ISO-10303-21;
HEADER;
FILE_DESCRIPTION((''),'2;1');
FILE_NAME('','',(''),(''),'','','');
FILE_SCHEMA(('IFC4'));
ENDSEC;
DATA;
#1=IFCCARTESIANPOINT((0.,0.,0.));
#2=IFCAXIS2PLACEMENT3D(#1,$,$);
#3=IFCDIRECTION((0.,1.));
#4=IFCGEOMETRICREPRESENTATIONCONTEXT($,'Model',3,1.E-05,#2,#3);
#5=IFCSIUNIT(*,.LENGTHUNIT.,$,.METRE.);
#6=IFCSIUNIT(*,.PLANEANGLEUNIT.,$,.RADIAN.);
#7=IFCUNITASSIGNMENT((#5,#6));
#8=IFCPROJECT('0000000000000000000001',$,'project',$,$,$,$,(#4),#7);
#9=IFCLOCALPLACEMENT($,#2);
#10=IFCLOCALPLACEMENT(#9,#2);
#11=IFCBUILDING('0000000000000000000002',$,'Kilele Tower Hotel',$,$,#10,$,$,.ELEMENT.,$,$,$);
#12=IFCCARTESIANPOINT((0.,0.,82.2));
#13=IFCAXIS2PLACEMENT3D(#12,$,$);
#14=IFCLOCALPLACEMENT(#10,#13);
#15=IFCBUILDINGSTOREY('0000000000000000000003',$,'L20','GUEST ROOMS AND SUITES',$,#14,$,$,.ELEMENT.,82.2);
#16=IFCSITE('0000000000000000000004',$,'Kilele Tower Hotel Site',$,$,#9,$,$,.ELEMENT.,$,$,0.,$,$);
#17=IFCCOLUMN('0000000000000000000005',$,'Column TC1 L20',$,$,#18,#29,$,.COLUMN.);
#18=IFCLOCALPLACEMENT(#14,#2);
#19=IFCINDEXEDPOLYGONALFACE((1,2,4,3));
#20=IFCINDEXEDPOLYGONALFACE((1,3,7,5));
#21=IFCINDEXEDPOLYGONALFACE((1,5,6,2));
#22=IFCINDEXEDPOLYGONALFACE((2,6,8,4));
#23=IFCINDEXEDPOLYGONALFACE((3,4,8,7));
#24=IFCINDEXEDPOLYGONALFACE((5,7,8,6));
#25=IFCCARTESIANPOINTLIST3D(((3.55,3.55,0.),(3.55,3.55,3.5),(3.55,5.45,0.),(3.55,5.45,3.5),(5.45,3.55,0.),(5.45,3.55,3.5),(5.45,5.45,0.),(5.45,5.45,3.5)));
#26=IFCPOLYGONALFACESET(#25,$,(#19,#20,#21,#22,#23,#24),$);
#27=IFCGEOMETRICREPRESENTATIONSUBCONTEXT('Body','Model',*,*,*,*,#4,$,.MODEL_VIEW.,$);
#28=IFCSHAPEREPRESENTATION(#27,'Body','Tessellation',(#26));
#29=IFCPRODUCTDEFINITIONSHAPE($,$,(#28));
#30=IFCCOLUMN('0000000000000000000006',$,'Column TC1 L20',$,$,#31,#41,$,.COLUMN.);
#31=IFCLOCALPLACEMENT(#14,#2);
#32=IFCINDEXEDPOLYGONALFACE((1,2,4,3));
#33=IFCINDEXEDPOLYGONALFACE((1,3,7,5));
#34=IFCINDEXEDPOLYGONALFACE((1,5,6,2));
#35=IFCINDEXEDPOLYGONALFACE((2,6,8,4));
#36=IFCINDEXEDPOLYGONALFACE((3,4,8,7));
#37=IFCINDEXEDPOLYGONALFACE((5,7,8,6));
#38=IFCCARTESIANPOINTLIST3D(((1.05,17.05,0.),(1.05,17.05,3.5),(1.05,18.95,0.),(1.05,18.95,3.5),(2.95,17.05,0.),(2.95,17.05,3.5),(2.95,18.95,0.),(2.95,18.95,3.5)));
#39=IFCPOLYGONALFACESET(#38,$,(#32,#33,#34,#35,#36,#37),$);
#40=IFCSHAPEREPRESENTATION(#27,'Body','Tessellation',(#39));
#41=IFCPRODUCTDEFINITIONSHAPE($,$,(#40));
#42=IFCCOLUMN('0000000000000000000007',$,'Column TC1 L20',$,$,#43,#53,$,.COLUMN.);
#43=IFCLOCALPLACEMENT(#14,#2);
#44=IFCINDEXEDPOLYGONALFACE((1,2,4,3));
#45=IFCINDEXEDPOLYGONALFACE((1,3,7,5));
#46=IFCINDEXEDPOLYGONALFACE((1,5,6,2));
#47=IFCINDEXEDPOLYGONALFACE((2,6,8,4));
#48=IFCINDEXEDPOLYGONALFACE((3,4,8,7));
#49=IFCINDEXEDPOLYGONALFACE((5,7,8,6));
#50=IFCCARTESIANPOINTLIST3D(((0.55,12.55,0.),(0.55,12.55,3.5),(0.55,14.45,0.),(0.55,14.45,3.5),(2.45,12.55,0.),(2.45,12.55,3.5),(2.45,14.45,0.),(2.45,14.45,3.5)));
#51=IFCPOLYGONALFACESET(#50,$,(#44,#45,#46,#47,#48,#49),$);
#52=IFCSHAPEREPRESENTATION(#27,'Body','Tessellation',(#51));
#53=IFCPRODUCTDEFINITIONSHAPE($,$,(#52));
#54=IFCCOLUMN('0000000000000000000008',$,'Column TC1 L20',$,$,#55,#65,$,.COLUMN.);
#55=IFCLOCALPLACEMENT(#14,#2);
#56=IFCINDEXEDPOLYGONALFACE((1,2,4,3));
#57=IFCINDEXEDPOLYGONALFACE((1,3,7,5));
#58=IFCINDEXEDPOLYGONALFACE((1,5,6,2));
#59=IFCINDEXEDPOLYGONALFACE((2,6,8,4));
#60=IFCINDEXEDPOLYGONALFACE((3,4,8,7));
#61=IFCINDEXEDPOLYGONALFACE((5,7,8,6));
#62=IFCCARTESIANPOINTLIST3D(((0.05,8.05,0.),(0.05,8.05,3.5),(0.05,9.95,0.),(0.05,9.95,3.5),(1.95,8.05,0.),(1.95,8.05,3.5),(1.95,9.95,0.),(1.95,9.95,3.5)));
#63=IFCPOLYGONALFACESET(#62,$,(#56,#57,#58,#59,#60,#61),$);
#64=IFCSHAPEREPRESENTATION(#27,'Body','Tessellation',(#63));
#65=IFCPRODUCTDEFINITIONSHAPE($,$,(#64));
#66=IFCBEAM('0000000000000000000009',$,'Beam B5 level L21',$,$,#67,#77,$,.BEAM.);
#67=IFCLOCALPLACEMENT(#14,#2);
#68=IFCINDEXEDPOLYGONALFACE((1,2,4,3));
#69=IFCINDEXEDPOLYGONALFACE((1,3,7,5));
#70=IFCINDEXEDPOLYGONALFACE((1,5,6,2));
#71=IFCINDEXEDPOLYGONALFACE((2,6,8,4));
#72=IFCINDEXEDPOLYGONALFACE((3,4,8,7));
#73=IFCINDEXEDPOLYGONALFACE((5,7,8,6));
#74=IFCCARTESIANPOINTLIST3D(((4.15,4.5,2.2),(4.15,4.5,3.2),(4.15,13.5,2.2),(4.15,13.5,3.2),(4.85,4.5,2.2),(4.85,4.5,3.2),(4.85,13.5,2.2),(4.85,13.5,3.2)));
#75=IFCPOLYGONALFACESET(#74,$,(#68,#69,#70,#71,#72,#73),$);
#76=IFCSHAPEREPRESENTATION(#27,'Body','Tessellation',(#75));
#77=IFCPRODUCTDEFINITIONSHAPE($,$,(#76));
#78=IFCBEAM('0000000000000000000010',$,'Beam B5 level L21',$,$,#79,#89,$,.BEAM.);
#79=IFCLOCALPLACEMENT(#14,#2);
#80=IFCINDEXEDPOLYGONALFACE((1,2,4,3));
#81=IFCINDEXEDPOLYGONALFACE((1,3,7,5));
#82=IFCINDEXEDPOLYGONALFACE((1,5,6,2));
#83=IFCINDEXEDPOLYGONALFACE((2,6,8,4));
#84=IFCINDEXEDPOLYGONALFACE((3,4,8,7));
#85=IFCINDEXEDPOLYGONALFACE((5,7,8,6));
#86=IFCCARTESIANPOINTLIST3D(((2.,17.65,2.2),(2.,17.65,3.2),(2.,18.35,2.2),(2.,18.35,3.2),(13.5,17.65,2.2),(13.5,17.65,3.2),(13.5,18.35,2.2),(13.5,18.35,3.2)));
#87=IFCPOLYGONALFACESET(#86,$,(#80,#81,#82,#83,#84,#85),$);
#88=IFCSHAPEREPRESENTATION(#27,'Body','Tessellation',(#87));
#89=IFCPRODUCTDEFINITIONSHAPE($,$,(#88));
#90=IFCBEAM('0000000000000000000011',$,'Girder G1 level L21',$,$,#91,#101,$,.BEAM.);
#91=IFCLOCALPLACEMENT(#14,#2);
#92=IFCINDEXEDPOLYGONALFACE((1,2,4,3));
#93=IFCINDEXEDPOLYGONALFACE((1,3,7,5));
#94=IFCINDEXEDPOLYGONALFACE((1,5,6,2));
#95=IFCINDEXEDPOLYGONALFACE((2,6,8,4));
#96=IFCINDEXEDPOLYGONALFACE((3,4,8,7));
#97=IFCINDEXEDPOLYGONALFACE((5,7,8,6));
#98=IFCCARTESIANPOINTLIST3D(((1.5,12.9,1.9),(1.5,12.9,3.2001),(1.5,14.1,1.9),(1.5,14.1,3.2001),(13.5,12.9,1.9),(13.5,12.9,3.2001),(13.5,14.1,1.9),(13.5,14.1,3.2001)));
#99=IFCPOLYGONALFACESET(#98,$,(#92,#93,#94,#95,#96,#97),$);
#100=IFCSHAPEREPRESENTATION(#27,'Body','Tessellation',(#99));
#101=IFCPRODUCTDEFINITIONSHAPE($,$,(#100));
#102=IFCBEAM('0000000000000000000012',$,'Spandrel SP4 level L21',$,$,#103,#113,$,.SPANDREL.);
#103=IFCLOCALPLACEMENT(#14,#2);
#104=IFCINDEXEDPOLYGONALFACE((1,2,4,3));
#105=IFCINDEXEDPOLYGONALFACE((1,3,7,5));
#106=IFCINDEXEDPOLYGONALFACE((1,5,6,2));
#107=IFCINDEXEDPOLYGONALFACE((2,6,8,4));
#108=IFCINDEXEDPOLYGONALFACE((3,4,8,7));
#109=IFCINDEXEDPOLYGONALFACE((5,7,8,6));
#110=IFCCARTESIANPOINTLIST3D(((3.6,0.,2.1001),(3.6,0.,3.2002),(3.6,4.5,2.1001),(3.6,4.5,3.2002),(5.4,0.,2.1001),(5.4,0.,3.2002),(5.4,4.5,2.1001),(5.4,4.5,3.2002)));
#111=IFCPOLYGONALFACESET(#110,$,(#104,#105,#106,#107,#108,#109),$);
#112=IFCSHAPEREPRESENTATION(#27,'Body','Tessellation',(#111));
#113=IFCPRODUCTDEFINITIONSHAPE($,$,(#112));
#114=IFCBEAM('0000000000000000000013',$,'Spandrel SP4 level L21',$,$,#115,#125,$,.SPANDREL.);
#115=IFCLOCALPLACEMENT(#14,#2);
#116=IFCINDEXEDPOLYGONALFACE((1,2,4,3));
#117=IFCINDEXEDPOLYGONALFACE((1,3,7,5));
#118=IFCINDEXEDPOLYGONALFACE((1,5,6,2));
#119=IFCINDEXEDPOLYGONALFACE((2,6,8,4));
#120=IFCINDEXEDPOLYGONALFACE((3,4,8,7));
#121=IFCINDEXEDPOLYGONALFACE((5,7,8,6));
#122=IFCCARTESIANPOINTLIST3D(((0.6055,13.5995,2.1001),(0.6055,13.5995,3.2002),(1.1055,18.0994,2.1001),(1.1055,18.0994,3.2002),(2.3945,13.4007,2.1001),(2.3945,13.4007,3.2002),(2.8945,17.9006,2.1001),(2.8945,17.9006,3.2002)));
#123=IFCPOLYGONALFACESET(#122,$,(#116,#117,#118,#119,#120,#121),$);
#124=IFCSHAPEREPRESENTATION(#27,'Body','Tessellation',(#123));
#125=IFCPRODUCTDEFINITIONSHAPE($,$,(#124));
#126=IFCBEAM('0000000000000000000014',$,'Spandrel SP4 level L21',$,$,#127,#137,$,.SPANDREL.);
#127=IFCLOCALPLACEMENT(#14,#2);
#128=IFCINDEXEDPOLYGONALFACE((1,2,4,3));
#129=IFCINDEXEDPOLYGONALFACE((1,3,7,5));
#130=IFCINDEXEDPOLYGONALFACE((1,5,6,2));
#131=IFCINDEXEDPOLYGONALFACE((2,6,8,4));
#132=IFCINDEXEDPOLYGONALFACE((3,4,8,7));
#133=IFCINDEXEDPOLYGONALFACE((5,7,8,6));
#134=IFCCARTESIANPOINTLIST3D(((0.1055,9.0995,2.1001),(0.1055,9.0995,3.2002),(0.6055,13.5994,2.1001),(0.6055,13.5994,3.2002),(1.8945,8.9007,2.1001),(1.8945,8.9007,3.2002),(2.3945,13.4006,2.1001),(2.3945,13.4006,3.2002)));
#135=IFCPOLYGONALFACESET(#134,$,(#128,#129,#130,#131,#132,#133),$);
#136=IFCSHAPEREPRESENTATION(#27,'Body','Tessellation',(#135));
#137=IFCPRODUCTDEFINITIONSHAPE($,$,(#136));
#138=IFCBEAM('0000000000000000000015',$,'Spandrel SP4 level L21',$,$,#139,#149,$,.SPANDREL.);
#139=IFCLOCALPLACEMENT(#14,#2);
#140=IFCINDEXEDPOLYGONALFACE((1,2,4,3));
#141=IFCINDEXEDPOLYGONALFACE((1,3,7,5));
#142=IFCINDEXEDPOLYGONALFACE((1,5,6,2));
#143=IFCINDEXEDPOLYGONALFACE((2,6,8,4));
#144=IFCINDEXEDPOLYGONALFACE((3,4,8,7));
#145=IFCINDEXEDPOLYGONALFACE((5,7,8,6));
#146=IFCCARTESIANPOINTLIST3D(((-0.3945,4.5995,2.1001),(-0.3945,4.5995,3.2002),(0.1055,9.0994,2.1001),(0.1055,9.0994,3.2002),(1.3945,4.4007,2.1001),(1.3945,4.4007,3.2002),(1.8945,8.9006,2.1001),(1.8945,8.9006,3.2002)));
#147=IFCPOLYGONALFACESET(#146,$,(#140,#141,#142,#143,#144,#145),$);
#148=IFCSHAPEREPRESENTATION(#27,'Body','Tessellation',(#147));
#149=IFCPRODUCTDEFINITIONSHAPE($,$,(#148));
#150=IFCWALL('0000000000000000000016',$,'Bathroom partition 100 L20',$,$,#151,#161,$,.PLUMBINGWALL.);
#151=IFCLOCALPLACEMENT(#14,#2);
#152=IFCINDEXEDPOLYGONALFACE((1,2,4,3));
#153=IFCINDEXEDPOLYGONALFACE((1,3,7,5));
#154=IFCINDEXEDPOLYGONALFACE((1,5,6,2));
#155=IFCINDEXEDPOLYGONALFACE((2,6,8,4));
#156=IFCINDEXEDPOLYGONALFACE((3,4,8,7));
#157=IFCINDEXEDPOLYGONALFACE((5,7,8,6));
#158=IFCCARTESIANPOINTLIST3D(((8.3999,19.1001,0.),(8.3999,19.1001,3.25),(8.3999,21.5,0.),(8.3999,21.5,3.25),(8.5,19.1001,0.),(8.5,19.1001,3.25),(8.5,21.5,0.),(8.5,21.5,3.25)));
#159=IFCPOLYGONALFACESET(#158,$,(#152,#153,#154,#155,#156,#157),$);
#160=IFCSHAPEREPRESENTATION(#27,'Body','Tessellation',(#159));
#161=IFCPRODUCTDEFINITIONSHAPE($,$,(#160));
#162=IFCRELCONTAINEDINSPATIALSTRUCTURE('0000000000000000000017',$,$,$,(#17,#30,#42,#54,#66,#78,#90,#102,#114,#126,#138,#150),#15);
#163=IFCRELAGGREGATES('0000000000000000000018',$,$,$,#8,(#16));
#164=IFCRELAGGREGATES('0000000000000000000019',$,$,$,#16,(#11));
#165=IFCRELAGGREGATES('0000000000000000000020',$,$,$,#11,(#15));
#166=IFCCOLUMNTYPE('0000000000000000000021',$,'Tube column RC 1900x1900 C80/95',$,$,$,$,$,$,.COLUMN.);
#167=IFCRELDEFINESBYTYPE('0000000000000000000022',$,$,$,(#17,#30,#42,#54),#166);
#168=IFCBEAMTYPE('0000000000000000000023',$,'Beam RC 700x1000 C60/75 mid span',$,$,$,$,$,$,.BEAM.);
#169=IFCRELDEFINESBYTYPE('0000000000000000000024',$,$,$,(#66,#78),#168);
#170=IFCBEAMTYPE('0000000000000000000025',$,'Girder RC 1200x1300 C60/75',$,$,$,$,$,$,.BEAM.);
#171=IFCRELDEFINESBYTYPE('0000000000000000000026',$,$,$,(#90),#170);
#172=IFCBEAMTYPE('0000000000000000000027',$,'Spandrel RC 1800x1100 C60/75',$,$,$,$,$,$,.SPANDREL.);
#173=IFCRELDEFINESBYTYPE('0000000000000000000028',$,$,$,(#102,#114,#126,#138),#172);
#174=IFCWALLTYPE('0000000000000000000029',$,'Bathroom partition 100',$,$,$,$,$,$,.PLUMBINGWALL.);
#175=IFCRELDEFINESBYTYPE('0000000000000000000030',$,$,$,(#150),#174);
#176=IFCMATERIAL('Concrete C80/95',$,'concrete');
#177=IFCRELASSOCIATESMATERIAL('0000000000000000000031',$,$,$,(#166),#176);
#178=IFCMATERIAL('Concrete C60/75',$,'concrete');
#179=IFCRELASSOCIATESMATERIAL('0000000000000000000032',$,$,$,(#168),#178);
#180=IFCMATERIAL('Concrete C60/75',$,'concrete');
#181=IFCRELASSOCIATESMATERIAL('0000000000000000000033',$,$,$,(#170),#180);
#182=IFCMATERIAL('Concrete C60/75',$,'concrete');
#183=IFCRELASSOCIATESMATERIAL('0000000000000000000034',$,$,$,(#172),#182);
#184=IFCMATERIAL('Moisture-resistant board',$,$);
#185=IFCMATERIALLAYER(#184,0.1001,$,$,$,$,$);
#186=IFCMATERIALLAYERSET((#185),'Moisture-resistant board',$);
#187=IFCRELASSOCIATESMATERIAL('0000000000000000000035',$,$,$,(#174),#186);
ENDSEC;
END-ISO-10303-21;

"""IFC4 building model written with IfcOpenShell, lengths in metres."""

from ifc_helpers import new_model, si_unit, direction, frame, frame_2d, origin, origin_2d, place, context, subcontext, project, spatial, rectangle, extrude, material, layer, layer_set, material_profile, profile_set, type_object, element, save


model = new_model("IFC4")

# Units and contexts
model_context = context("Model", 3, precision=1e-05, world=origin(), true_north=direction((0.0, 1.0)))
body_context = subcontext(model_context, "Body", "Model", "MODEL_VIEW")
ifc_project = project(units=[si_unit("LENGTHUNIT", "METRE"), si_unit("PLANEANGLEUNIT", "RADIAN")], contexts=[model_context])

# Site, building, storey
site_placement = place(None, origin())
site = spatial("IfcSite", under=ifc_project, at=site_placement, Name="Kilele Tower Hotel Site", CompositionType="ELEMENT", RefElevation=0.0)
building_placement = place(site_placement, origin())
building = spatial("IfcBuilding", under=site, at=building_placement, Name="Kilele Tower Hotel", CompositionType="ELEMENT")
storey_placement = place(building_placement, frame((0.0, 0.0, 82.2)))
storey = spatial("IfcBuildingStorey", under=building, at=storey_placement, Name="L20", Description="GUEST ROOMS AND SUITES", CompositionType="ELEMENT", Elevation=82.2)

# Columns
ifc_material_1 = material(Name="Concrete C80/95", Category="concrete")
ifc_material_profile_1 = material_profile(ifc_material_1, rectangle(XDim=1.8999, YDim=1.8999, at=origin_2d()))
ifc_profile_set_1 = profile_set([ifc_material_profile_1], Name="Concrete C80/95")
column_type = type_object("IfcColumnType", Name="Tube column RC 1900x1900 C80/95", PredefinedType="COLUMN", material=ifc_profile_set_1)
for number, where, z_axis, x_axis, name in (
    (1, (4.5, 4.5, 0.0), (0.0, 0.0, 1.0), (1.0, 0.0, 0.0), "Column TC1 L20"),
    (2, (2.0, 18.0, 0.0), (0.0, 0.0, 1.0), (1.0, 0.0, 0.0), "Column TC1 L20"),
    (3, (1.5, 13.5, 0.0), (0.0, 0.0, 1.0), (1.0, 0.0, 0.0), "Column TC1 L20"),
    (4, (1.0, 9.0, 0.0), (0.0, 0.0, 1.0), (1.0, 0.0, 0.0), "Column TC1 L20"),
):
    element("IfcColumn", number, at=place(storey_placement, frame(where, z_axis=z_axis, x_axis=x_axis)), inside=storey, type_object=column_type, Name=name, PredefinedType="COLUMN", context=body_context, shape_type="SweptSolid", body=[
        extrude(rectangle(XDim=1.8999, YDim=1.8999, at=origin_2d()), origin(), (0.0, 0.0, 1.0), 3.5),
    ])

# Beams
ifc_material_2 = material(Name="Concrete C60/75", Category="concrete")
ifc_material_profile_2 = material_profile(ifc_material_2, rectangle(XDim=0.7, YDim=1.0, at=origin_2d()))
ifc_profile_set_2 = profile_set([ifc_material_profile_2], Name="Concrete C60/75")
beam_type_1 = type_object("IfcBeamType", Name="Beam RC 700x1000 C60/75 mid span", PredefinedType="BEAM", material=ifc_profile_set_2)
beam_1_placement = place(storey_placement, frame((4.5, 4.5, 2.7), z_axis=(0.0, 1.0, 0.0), x_axis=(-1.0, 0.0, 0.0)))
element("IfcBeam", 5, at=beam_1_placement, inside=storey, type_object=beam_type_1, Name="Beam B5 level L21", PredefinedType="BEAM", context=body_context, shape_type="SweptSolid", body=[
    extrude(rectangle(XDim=0.7, YDim=1.0, at=origin_2d()), origin(), (0.0, 0.0, 1.0), 9.0),
])
beam_2_placement = place(storey_placement, frame((2.0, 18.0, 2.7), z_axis=(1.0, 0.0, 0.0), x_axis=(0.0, 1.0, 0.0)))
element("IfcBeam", 6, at=beam_2_placement, inside=storey, type_object=beam_type_1, Name="Beam B5 level L21", PredefinedType="BEAM", context=body_context, shape_type="SweptSolid", body=[
    extrude(rectangle(XDim=0.7, YDim=1.0, at=origin_2d()), origin(), (0.0, 0.0, 1.0), 11.5),
])
ifc_material_3 = material(Name="Concrete C60/75", Category="concrete")
ifc_material_profile_3 = material_profile(ifc_material_3, rectangle(XDim=1.2, YDim=1.3, at=origin_2d()))
ifc_profile_set_3 = profile_set([ifc_material_profile_3], Name="Concrete C60/75")
beam_type_2 = type_object("IfcBeamType", Name="Girder RC 1200x1300 C60/75", PredefinedType="BEAM", material=ifc_profile_set_3)
beam_3_placement = place(storey_placement, frame((1.5, 13.5, 2.55), z_axis=(1.0, 0.0, 0.0), x_axis=(0.0, 1.0, 0.0)))
element("IfcBeam", 7, at=beam_3_placement, inside=storey, type_object=beam_type_2, Name="Girder G1 level L21", PredefinedType="BEAM", context=body_context, shape_type="SweptSolid", body=[
    extrude(rectangle(XDim=1.2, YDim=1.3, at=origin_2d()), origin(), (0.0, 0.0, 1.0), 12.0),
])
ifc_material_4 = material(Name="Concrete C60/75", Category="concrete")
ifc_material_profile_4 = material_profile(ifc_material_4, rectangle(XDim=1.8, YDim=1.1001, at=origin_2d()))
ifc_profile_set_4 = profile_set([ifc_material_profile_4], Name="Concrete C60/75")
beam_type_3 = type_object("IfcBeamType", Name="Spandrel RC 1800x1100 C60/75", PredefinedType="SPANDREL", material=ifc_profile_set_4)
beam_4_placement = place(storey_placement, frame((4.5, 4.5, 2.6501), z_axis=(0.0, -1.0, 0.0), x_axis=(1.0, 0.0, 0.0)))
element("IfcBeam", 8, at=beam_4_placement, inside=storey, type_object=beam_type_3, Name="Spandrel SP4 level L21", PredefinedType="SPANDREL", context=body_context, shape_type="SweptSolid", body=[
    extrude(rectangle(XDim=1.8, YDim=1.1001, at=origin_2d()), origin(), (0.0, 0.0, 1.0), 4.5),
])
for number, where, z_axis, x_axis, name in (
    (9, (2.0, 18.0, 2.6501), (-0.110432, -0.993884, 0.0), (0.993884, -0.110432, 0.0), "Spandrel SP4 level L21"),
    (10, (1.5, 13.5, 2.6501), (-0.110432, -0.993884, 0.0), (0.993884, -0.110432, 0.0), "Spandrel SP4 level L21"),
    (11, (1.0, 9.0, 2.6501), (-0.110432, -0.993884, 0.0), (0.993884, -0.110432, 0.0), "Spandrel SP4 level L21"),
):
    element("IfcBeam", number, at=place(storey_placement, frame(where, z_axis=z_axis, x_axis=x_axis)), inside=storey, type_object=beam_type_3, Name=name, PredefinedType="SPANDREL", context=body_context, shape_type="SweptSolid", body=[
        extrude(rectangle(XDim=1.8, YDim=1.1001, at=origin_2d()), origin(), (0.0, 0.0, 1.0), 4.5276),
    ])

# Wall
ifc_material_5 = material(Name="Moisture-resistant board")
ifc_layer_1 = layer(ifc_material_5, 0.1001)
ifc_layer_set_1 = layer_set([ifc_layer_1], Name="Moisture-resistant board")
wall_type_1 = type_object("IfcWallType", Name="Bathroom partition 100", PredefinedType="PLUMBINGWALL", material=ifc_layer_set_1)
wall_1_placement = place(storey_placement, frame((8.45, 19.1001, 0.0), z_axis=(0.0, 0.0, 1.0), x_axis=(0.0, 1.0, 0.0)))
element("IfcWall", 12, at=wall_1_placement, inside=storey, type_object=wall_type_1, Name="Bathroom partition 100 L20", PredefinedType="PLUMBINGWALL", context=body_context, shape_type="SweptSolid", body=[
    extrude(rectangle(XDim=2.3999, YDim=0.1001, at=frame_2d((1.2, 0.0))), origin(), (0.0, 0.0, 1.0), 3.25),
])

save(model, "model.ifc")
